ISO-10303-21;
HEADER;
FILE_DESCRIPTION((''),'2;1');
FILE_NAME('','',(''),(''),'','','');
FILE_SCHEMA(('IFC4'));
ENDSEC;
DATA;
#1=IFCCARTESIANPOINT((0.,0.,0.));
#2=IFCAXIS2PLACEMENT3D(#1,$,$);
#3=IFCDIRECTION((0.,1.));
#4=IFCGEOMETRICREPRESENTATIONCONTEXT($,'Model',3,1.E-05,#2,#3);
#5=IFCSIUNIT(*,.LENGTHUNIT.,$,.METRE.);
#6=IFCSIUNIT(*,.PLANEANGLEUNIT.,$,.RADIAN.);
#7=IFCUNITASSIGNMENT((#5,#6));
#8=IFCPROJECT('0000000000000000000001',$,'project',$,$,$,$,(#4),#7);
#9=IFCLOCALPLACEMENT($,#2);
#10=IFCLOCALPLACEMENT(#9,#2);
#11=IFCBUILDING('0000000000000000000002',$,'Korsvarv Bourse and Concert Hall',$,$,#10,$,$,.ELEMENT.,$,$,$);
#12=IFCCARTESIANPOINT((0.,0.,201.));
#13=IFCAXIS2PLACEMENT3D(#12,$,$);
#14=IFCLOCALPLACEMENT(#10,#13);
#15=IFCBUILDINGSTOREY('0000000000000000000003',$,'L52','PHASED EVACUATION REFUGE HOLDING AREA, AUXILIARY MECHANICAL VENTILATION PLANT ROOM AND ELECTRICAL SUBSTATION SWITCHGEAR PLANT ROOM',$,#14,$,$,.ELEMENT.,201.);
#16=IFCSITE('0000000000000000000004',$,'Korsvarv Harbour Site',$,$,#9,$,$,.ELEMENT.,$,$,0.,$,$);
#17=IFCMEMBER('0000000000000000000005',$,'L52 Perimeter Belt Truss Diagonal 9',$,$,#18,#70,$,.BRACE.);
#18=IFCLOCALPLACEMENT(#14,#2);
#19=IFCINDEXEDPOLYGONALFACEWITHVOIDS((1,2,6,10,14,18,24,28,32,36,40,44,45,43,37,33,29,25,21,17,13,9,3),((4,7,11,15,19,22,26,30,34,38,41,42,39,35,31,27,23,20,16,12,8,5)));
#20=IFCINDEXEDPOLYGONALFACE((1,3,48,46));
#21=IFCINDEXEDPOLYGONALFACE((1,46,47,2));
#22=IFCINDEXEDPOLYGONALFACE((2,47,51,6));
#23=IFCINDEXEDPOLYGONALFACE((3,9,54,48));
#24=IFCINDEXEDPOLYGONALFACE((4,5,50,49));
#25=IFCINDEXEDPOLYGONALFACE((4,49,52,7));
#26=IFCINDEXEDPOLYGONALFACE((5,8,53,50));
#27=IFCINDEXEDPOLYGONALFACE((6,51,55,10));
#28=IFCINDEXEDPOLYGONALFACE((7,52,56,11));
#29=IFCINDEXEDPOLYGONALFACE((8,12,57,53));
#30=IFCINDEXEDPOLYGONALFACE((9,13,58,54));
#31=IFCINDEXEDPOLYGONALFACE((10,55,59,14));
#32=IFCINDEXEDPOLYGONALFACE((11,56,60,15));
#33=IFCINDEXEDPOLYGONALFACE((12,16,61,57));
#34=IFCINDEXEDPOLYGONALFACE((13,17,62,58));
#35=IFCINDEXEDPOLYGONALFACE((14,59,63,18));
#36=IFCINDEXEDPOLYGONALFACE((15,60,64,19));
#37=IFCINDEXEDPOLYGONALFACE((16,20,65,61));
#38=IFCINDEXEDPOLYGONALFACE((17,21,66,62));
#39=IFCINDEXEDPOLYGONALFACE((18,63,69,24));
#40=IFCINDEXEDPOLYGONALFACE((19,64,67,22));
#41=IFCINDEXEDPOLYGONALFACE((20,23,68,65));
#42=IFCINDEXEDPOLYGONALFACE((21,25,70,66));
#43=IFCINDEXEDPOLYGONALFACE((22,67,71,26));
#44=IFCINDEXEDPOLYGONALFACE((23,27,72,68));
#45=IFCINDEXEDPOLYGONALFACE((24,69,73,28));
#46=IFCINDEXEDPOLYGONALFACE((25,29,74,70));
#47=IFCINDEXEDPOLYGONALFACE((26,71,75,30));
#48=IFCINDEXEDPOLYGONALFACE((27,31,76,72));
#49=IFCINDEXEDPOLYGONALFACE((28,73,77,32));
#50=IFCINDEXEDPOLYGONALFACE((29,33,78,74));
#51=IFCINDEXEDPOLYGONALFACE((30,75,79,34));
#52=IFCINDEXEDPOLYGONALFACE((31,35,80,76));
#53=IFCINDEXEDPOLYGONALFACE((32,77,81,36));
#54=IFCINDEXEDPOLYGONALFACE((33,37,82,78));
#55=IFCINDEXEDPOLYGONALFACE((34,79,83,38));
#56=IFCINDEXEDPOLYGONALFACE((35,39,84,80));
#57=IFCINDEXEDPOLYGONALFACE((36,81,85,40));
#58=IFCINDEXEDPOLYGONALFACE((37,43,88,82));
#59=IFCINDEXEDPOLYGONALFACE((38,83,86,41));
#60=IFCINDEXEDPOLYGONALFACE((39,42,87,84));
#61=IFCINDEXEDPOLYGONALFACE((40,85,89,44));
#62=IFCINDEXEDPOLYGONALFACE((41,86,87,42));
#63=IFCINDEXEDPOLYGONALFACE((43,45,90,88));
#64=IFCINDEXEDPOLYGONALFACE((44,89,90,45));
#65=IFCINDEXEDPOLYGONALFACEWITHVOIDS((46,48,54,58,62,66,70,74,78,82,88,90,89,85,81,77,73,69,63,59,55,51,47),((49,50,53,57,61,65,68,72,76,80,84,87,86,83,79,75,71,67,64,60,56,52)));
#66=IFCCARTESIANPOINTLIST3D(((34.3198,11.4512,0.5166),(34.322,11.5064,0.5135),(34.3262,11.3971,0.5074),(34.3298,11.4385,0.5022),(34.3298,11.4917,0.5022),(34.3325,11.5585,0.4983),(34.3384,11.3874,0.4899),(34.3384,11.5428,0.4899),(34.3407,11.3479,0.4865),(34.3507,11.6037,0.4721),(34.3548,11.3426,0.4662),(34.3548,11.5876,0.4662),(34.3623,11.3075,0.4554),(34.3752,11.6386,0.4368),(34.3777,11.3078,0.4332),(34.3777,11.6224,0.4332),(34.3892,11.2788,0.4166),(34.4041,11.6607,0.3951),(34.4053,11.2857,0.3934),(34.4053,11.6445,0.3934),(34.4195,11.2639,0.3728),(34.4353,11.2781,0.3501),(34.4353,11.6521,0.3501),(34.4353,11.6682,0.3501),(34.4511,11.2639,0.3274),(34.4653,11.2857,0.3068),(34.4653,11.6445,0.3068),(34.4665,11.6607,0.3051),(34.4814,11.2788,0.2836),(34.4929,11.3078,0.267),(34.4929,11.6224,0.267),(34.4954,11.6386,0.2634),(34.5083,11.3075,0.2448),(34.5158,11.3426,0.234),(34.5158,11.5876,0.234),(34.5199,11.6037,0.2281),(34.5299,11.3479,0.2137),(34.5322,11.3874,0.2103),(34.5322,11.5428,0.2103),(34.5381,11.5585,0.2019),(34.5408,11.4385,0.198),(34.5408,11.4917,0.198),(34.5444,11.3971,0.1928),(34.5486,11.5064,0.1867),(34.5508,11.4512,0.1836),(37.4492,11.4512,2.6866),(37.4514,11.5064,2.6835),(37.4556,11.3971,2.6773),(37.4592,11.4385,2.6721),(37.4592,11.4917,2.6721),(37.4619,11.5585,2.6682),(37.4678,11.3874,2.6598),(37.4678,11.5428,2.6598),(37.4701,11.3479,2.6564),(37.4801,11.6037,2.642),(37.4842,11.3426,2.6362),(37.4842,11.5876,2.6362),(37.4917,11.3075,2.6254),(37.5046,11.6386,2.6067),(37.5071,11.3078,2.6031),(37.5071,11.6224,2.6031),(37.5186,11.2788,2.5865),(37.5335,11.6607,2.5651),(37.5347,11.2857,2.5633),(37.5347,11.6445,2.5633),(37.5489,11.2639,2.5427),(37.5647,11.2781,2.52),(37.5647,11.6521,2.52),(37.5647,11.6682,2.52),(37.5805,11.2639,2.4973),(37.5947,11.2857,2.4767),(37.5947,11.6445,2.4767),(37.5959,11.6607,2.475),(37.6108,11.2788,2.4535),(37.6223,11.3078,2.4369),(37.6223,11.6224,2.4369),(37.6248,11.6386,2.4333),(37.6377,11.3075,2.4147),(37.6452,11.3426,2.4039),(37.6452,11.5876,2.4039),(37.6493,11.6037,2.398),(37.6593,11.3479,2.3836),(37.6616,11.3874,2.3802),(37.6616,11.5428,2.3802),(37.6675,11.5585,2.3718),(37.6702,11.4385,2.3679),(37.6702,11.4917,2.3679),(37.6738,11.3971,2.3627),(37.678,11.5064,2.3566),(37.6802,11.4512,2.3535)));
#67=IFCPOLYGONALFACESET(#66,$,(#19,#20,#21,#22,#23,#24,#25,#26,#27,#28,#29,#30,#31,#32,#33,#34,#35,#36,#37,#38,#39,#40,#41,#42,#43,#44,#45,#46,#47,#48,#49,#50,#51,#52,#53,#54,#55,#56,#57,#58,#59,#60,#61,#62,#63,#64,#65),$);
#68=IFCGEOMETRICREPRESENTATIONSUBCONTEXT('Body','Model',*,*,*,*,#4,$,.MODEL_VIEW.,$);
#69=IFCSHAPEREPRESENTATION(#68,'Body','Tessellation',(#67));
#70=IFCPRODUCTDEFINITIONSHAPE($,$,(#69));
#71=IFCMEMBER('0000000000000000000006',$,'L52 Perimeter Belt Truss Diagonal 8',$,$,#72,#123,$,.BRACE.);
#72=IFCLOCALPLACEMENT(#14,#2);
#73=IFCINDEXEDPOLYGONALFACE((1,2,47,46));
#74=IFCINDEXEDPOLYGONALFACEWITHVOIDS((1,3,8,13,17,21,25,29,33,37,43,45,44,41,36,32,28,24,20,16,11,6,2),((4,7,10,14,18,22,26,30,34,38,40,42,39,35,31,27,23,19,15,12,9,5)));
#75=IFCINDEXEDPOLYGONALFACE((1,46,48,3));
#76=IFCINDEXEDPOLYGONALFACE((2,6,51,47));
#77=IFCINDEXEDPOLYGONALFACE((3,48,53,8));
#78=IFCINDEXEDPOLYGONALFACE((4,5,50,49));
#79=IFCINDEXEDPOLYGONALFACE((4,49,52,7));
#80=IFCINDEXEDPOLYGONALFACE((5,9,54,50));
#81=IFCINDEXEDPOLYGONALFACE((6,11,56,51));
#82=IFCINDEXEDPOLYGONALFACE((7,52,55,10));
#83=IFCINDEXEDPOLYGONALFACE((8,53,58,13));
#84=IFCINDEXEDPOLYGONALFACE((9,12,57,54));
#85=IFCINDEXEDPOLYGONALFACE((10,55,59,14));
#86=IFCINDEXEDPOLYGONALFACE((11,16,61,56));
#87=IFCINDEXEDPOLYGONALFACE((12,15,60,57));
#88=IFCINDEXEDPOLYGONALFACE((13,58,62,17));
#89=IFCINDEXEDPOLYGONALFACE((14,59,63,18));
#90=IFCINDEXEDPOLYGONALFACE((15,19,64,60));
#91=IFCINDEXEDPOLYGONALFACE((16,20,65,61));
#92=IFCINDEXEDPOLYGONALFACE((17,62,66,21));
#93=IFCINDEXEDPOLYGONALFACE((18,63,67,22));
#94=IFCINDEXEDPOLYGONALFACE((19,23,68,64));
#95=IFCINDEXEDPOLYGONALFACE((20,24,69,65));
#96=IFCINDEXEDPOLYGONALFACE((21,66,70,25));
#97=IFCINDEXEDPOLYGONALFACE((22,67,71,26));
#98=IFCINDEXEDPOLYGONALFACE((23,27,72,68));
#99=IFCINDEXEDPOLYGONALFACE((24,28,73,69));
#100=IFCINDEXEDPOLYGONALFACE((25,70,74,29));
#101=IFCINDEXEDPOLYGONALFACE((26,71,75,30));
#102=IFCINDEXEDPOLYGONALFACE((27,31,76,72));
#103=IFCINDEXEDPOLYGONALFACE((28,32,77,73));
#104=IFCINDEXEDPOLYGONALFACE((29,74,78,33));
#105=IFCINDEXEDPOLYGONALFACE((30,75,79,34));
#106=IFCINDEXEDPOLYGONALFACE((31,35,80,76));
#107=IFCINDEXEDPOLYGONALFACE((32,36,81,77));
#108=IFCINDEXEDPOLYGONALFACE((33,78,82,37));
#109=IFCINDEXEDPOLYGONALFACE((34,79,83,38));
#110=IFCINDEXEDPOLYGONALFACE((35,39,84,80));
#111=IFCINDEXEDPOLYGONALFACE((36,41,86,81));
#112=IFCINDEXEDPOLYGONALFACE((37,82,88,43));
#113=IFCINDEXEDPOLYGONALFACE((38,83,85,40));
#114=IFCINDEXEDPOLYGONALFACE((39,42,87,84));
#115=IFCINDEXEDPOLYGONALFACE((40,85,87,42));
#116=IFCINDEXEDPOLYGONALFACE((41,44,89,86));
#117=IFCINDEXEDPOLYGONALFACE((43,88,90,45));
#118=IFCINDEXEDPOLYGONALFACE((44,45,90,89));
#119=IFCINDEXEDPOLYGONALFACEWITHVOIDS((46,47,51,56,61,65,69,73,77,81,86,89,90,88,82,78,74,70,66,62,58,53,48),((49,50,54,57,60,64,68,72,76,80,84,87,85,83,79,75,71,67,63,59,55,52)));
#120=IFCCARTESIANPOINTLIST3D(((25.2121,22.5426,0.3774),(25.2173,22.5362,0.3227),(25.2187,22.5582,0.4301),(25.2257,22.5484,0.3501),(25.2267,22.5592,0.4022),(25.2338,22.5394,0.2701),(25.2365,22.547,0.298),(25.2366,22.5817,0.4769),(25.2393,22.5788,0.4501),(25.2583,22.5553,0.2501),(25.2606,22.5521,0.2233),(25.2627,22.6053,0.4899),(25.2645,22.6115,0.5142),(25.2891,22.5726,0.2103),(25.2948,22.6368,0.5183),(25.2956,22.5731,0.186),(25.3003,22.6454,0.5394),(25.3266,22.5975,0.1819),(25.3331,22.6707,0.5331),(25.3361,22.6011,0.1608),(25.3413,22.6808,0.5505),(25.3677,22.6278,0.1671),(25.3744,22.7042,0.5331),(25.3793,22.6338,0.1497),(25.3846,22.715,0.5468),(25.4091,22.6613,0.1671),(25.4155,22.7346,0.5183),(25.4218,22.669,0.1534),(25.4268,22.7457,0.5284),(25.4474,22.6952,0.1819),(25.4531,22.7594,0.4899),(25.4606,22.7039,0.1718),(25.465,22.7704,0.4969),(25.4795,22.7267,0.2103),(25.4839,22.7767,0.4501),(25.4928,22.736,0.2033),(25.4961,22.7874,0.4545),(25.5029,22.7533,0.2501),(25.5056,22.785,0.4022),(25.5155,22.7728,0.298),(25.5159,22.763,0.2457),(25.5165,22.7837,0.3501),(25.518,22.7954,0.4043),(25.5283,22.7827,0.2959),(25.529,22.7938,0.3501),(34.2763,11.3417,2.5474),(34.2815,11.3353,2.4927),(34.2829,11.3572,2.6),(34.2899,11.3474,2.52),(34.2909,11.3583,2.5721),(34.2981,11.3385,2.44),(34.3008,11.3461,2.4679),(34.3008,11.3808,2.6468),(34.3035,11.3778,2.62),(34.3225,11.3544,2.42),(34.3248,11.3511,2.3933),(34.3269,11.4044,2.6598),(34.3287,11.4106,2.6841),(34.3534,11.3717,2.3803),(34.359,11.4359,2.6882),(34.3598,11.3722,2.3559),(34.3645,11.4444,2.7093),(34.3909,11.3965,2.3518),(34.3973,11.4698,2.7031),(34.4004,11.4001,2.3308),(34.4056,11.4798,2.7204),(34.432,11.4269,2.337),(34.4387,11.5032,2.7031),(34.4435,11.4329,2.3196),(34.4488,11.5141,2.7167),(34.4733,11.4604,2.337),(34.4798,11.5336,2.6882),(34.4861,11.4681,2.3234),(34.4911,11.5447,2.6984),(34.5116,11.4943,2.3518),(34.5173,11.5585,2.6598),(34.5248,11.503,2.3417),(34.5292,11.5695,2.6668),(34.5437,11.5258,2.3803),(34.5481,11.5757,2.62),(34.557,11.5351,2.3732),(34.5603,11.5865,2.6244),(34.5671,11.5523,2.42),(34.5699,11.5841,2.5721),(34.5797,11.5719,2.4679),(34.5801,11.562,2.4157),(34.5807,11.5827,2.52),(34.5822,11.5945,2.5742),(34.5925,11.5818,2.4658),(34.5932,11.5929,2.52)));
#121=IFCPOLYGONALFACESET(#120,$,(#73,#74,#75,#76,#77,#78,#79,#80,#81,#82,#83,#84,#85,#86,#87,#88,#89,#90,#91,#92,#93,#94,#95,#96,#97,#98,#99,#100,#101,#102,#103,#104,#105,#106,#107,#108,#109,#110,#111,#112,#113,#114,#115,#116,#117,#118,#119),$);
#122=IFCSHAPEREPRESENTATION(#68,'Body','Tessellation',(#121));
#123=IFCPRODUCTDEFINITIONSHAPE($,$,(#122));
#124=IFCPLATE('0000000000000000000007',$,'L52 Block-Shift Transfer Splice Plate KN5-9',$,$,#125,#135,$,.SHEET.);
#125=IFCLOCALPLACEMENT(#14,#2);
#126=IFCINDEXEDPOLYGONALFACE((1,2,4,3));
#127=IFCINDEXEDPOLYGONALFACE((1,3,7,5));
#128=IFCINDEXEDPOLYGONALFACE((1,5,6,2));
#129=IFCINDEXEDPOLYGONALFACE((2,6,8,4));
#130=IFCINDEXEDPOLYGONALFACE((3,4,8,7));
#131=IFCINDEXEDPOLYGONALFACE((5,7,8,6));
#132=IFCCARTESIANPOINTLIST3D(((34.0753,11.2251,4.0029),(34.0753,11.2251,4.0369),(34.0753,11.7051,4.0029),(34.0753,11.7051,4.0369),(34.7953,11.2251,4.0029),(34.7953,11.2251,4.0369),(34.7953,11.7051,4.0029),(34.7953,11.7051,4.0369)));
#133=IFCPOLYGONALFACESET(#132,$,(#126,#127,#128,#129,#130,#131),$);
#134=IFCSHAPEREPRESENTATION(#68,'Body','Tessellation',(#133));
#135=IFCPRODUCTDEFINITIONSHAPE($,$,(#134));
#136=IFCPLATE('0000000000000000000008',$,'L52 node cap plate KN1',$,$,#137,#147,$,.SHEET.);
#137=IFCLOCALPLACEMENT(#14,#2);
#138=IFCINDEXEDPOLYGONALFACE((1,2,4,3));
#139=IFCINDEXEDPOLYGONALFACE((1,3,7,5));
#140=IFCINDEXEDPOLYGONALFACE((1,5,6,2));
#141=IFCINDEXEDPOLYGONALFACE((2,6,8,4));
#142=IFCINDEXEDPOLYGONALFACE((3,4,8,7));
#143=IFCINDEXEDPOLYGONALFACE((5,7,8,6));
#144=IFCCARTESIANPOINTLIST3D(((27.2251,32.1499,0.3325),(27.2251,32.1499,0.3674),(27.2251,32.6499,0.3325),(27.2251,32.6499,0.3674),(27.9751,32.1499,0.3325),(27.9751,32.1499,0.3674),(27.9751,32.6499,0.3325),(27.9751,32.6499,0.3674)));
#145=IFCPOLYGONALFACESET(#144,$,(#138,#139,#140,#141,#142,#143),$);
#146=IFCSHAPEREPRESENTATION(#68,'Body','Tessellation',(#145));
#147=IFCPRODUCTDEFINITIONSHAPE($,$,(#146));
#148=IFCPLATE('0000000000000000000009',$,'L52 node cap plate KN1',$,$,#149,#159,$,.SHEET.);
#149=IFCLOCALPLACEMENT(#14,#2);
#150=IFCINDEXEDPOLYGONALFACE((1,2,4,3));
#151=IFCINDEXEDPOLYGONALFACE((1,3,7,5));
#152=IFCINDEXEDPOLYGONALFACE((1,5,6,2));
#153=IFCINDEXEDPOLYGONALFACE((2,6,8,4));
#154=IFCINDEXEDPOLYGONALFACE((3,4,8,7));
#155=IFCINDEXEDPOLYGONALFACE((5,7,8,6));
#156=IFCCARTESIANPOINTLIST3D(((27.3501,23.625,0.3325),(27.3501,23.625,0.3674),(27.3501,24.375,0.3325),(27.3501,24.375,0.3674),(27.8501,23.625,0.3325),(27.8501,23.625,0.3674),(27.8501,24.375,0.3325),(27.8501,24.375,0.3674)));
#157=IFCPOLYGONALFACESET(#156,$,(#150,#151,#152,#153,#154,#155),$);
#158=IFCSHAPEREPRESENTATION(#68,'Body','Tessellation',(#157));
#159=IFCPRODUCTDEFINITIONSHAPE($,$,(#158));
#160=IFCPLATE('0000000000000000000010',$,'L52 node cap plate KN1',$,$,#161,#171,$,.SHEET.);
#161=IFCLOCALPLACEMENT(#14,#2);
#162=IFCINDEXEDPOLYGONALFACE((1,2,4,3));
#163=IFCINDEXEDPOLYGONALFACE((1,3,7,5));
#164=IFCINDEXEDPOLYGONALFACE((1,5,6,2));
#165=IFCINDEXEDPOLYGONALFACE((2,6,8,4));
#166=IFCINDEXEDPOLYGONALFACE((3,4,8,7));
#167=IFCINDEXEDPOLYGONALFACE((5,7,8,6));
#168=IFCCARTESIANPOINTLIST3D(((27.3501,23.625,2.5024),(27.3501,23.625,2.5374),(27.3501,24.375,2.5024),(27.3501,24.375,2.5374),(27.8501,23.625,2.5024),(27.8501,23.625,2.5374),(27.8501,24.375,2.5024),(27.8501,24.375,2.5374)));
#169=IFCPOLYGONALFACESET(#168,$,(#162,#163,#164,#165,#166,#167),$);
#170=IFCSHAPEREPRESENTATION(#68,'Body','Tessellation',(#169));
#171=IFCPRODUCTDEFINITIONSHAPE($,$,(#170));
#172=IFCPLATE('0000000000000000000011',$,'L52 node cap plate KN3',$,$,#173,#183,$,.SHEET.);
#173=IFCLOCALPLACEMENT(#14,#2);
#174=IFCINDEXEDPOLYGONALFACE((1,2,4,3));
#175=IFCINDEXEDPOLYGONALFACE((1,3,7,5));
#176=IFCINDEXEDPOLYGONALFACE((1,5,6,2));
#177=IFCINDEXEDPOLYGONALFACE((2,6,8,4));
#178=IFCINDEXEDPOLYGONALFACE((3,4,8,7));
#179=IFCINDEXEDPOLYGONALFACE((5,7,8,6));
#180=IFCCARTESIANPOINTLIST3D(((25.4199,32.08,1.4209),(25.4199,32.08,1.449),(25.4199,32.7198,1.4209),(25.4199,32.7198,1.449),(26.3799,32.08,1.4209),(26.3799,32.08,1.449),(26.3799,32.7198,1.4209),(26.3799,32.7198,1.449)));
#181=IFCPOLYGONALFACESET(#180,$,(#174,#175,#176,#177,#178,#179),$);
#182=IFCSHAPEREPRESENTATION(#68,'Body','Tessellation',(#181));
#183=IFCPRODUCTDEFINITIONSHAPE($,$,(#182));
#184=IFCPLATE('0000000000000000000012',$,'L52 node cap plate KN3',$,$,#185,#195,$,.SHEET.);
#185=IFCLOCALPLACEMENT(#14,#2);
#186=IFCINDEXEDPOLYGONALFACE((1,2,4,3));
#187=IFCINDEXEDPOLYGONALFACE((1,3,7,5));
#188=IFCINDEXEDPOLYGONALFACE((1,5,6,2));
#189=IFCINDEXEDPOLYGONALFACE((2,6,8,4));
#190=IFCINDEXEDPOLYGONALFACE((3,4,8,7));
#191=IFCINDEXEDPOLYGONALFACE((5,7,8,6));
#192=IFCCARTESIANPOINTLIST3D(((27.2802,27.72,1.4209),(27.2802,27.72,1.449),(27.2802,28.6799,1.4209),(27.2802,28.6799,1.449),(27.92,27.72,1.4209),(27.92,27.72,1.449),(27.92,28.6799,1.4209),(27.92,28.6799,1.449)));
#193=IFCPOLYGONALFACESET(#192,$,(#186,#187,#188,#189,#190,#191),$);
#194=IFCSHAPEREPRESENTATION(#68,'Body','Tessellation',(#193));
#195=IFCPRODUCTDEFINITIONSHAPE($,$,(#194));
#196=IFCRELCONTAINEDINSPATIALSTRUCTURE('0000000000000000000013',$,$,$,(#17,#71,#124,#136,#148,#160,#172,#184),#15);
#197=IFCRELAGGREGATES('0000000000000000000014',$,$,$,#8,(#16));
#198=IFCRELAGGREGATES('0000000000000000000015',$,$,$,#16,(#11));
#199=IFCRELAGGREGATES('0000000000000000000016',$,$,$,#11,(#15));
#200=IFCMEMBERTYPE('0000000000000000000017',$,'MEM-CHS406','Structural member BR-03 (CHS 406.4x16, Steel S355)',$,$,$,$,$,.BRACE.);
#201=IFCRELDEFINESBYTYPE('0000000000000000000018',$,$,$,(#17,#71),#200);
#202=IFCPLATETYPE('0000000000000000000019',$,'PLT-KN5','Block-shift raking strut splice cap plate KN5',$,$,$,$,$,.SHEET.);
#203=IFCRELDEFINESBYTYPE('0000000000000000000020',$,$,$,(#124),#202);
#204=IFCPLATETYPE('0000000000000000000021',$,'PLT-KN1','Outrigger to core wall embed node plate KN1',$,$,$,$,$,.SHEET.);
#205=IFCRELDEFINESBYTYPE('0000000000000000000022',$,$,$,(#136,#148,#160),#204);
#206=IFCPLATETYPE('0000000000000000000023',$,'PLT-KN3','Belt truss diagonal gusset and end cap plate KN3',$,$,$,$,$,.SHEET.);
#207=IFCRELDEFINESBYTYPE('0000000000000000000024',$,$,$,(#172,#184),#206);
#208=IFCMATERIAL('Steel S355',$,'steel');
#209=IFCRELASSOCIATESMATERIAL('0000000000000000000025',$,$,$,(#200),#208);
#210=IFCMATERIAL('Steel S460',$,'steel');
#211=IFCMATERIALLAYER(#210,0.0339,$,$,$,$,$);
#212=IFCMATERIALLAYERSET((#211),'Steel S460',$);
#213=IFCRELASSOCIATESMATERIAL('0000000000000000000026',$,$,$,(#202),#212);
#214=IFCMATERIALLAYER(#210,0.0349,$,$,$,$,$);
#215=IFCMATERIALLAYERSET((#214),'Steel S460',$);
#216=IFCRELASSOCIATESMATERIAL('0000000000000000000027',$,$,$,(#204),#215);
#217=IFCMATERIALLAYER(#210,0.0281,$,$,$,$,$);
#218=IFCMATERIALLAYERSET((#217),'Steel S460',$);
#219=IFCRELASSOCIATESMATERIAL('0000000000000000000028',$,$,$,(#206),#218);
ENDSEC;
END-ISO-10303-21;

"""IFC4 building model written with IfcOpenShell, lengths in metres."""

from ifc_helpers import new_model, si_unit, direction, frame, origin, origin_2d, place, context, subcontext, project, spatial, rectangle, hollow_circle, extrude, source, transform, mapped, material, layer, layer_set, material_profile, profile_set, type_object, element, save


model = new_model("IFC4")

# Units and contexts
model_context = context("Model", 3, precision=1e-05, world=origin(), true_north=direction((0.0, 1.0)))
body_context = subcontext(model_context, "Body", "Model", "MODEL_VIEW")
ifc_project = project(units=[si_unit("LENGTHUNIT", "METRE"), si_unit("PLANEANGLEUNIT", "RADIAN")], contexts=[model_context])

# Site, building, storey
site_placement = place(None, origin())
site = spatial("IfcSite", under=ifc_project, at=site_placement, Name="Korsvarv Harbour Site", CompositionType="ELEMENT", RefElevation=0.0)
building_placement = place(site_placement, origin())
building = spatial("IfcBuilding", under=site, at=building_placement, Name="Korsvarv Bourse and Concert Hall", CompositionType="ELEMENT")
storey_placement = place(building_placement, frame((0.0, 0.0, 201.0)))
storey = spatial("IfcBuildingStorey", under=building, at=storey_placement, Name="L52", Description="PHASED EVACUATION REFUGE HOLDING AREA, AUXILIARY MECHANICAL VENTILATION PLANT ROOM AND ELECTRICAL SUBSTATION SWITCHGEAR PLANT ROOM", CompositionType="ELEMENT", Elevation=201.0)

# Shared definitions
ifc_material_1 = material(Name="Steel S355", Category="steel")

# Shared definitions
ifc_material_2 = material(Name="Steel S460", Category="steel")

# Members
ifc_material_profile_1 = material_profile(ifc_material_1, hollow_circle(Radius=0.2031, WallThickness=0.0161, at=origin_2d()), Name="CHS 406.4x16")
ifc_profile_set_1 = profile_set([ifc_material_profile_1], Name="Steel S355")
member_type_1 = type_object("IfcMemberType", Name="MEM-CHS406", Description="Structural member BR-03 (CHS 406.4x16, Steel S355)", PredefinedType="BRACE", material=ifc_profile_set_1)
shared_shape_1 = source(origin(), body_context, "Body", "SweptSolid", [
    extrude(hollow_circle(Radius=0.2031, WallThickness=0.0161, at=origin_2d()), origin(), (0.0, 0.0, 1.0), 3.8081),
])
member_1_placement = place(storey_placement, frame((34.4353, 11.4651, 0.3501), z_axis=(0.821772, 0.0, 0.569817), x_axis=(0.0, 1.0, 0.0)))
element("IfcMember", 1, at=member_1_placement, inside=storey, type_object=member_type_1, Name="L52 Perimeter Belt Truss Diagonal 9", PredefinedType="BRACE", context=body_context, shape_type="MappedRepresentation", body=[
    mapped(shared_shape_1, transform((0.0, 0.0, 0.0), scale=1.0)),
])
shared_shape_2 = source(origin(), body_context, "Body", "SweptSolid", [
    extrude(hollow_circle(Radius=0.2031, WallThickness=0.0161, at=origin_2d()), origin(), (0.0, 0.0, 1.0), 14.5715),
])
member_2_placement = place(storey_placement, frame((25.3711, 22.666, 0.3501), z_axis=(0.62205, -0.768686, 0.148915), x_axis=(0.777354, 0.629064, 0.0)))
element("IfcMember", 2, at=member_2_placement, inside=storey, type_object=member_type_1, Name="L52 Perimeter Belt Truss Diagonal 8", PredefinedType="BRACE", context=body_context, shape_type="MappedRepresentation", body=[
    mapped(shared_shape_2, transform((0.0, 0.0, 0.0), scale=1.0)),
])

# Plates
ifc_layer_1 = layer(ifc_material_2, 0.0339)
ifc_layer_set_1 = layer_set([ifc_layer_1], Name="Steel S460")
plate_type_1 = type_object("IfcPlateType", Name="PLT-KN5", Description="Block-shift raking strut splice cap plate KN5", PredefinedType="SHEET", material=ifc_layer_set_1)
shared_shape_3 = source(origin(), body_context, "Body", "SweptSolid", [
    extrude(rectangle(XDim=0.72, YDim=0.48, at=origin_2d()), origin(), (0.0, 0.0, 1.0), 0.0339),
])
plate_1_placement = place(storey_placement, frame((34.4353, 11.4651, 4.0029), z_axis=(0.0, 0.0, 1.0), x_axis=(1.0, 0.0, 0.0)))
element("IfcPlate", 3, at=plate_1_placement, inside=storey, type_object=plate_type_1, Name="L52 Block-Shift Transfer Splice Plate KN5-9", PredefinedType="SHEET", context=body_context, shape_type="MappedRepresentation", body=[
    mapped(shared_shape_3, transform((0.0, 0.0, 0.0), scale=1.0)),
])
ifc_layer_2 = layer(ifc_material_2, 0.0349)
ifc_layer_set_2 = layer_set([ifc_layer_2], Name="Steel S460")
plate_type_2 = type_object("IfcPlateType", Name="PLT-KN1", Description="Outrigger to core wall embed node plate KN1", PredefinedType="SHEET", material=ifc_layer_set_2)
shared_shape_4 = source(origin(), body_context, "Body", "SweptSolid", [
    extrude(rectangle(XDim=0.75, YDim=0.5, at=origin_2d()), origin(), (0.0, 0.0, 1.0), 0.0349),
])
for number, where, z_axis, x_axis, name in (
    (4, (27.6001, 32.3999, 0.3325), (0.0, 0.0, 1.0), (1.0, 0.0, 0.0), "L52 node cap plate KN1"),
    (5, (27.6001, 24.0, 0.3325), (0.0, 0.0, 1.0), (0.0, 1.0, 0.0), "L52 node cap plate KN1"),
    (6, (27.6001, 24.0, 2.5024), (0.0, 0.0, 1.0), (0.0, 1.0, 0.0), "L52 node cap plate KN1"),
):
    element("IfcPlate", number, at=place(storey_placement, frame(where, z_axis=z_axis, x_axis=x_axis)), inside=storey, type_object=plate_type_2, Name=name, PredefinedType="SHEET", context=body_context, shape_type="MappedRepresentation", body=[
        mapped(shared_shape_4, transform((0.0, 0.0, 0.0), scale=1.0)),
    ])
ifc_layer_3 = layer(ifc_material_2, 0.0281)
ifc_layer_set_3 = layer_set([ifc_layer_3], Name="Steel S460")
plate_type_3 = type_object("IfcPlateType", Name="PLT-KN3", Description="Belt truss diagonal gusset and end cap plate KN3", PredefinedType="SHEET", material=ifc_layer_set_3)
shared_shape_5 = source(origin(), body_context, "Body", "SweptSolid", [
    extrude(rectangle(XDim=0.96, YDim=0.6399, at=origin_2d()), origin(), (0.0, 0.0, 1.0), 0.0281),
])
for number, where, z_axis, x_axis, name in (
    (7, (25.8999, 32.3999, 1.4209), (0.0, 0.0, 1.0), (1.0, 0.0, 0.0), "L52 node cap plate KN3"),
    (8, (27.6001, 28.2, 1.4209), (0.0, 0.0, 1.0), (0.0, 1.0, 0.0), "L52 node cap plate KN3"),
):
    element("IfcPlate", number, at=place(storey_placement, frame(where, z_axis=z_axis, x_axis=x_axis)), inside=storey, type_object=plate_type_3, Name=name, PredefinedType="SHEET", context=body_context, shape_type="MappedRepresentation", body=[
        mapped(shared_shape_5, transform((0.0, 0.0, 0.0), scale=1.0)),
    ])

save(model, "model.ifc")
